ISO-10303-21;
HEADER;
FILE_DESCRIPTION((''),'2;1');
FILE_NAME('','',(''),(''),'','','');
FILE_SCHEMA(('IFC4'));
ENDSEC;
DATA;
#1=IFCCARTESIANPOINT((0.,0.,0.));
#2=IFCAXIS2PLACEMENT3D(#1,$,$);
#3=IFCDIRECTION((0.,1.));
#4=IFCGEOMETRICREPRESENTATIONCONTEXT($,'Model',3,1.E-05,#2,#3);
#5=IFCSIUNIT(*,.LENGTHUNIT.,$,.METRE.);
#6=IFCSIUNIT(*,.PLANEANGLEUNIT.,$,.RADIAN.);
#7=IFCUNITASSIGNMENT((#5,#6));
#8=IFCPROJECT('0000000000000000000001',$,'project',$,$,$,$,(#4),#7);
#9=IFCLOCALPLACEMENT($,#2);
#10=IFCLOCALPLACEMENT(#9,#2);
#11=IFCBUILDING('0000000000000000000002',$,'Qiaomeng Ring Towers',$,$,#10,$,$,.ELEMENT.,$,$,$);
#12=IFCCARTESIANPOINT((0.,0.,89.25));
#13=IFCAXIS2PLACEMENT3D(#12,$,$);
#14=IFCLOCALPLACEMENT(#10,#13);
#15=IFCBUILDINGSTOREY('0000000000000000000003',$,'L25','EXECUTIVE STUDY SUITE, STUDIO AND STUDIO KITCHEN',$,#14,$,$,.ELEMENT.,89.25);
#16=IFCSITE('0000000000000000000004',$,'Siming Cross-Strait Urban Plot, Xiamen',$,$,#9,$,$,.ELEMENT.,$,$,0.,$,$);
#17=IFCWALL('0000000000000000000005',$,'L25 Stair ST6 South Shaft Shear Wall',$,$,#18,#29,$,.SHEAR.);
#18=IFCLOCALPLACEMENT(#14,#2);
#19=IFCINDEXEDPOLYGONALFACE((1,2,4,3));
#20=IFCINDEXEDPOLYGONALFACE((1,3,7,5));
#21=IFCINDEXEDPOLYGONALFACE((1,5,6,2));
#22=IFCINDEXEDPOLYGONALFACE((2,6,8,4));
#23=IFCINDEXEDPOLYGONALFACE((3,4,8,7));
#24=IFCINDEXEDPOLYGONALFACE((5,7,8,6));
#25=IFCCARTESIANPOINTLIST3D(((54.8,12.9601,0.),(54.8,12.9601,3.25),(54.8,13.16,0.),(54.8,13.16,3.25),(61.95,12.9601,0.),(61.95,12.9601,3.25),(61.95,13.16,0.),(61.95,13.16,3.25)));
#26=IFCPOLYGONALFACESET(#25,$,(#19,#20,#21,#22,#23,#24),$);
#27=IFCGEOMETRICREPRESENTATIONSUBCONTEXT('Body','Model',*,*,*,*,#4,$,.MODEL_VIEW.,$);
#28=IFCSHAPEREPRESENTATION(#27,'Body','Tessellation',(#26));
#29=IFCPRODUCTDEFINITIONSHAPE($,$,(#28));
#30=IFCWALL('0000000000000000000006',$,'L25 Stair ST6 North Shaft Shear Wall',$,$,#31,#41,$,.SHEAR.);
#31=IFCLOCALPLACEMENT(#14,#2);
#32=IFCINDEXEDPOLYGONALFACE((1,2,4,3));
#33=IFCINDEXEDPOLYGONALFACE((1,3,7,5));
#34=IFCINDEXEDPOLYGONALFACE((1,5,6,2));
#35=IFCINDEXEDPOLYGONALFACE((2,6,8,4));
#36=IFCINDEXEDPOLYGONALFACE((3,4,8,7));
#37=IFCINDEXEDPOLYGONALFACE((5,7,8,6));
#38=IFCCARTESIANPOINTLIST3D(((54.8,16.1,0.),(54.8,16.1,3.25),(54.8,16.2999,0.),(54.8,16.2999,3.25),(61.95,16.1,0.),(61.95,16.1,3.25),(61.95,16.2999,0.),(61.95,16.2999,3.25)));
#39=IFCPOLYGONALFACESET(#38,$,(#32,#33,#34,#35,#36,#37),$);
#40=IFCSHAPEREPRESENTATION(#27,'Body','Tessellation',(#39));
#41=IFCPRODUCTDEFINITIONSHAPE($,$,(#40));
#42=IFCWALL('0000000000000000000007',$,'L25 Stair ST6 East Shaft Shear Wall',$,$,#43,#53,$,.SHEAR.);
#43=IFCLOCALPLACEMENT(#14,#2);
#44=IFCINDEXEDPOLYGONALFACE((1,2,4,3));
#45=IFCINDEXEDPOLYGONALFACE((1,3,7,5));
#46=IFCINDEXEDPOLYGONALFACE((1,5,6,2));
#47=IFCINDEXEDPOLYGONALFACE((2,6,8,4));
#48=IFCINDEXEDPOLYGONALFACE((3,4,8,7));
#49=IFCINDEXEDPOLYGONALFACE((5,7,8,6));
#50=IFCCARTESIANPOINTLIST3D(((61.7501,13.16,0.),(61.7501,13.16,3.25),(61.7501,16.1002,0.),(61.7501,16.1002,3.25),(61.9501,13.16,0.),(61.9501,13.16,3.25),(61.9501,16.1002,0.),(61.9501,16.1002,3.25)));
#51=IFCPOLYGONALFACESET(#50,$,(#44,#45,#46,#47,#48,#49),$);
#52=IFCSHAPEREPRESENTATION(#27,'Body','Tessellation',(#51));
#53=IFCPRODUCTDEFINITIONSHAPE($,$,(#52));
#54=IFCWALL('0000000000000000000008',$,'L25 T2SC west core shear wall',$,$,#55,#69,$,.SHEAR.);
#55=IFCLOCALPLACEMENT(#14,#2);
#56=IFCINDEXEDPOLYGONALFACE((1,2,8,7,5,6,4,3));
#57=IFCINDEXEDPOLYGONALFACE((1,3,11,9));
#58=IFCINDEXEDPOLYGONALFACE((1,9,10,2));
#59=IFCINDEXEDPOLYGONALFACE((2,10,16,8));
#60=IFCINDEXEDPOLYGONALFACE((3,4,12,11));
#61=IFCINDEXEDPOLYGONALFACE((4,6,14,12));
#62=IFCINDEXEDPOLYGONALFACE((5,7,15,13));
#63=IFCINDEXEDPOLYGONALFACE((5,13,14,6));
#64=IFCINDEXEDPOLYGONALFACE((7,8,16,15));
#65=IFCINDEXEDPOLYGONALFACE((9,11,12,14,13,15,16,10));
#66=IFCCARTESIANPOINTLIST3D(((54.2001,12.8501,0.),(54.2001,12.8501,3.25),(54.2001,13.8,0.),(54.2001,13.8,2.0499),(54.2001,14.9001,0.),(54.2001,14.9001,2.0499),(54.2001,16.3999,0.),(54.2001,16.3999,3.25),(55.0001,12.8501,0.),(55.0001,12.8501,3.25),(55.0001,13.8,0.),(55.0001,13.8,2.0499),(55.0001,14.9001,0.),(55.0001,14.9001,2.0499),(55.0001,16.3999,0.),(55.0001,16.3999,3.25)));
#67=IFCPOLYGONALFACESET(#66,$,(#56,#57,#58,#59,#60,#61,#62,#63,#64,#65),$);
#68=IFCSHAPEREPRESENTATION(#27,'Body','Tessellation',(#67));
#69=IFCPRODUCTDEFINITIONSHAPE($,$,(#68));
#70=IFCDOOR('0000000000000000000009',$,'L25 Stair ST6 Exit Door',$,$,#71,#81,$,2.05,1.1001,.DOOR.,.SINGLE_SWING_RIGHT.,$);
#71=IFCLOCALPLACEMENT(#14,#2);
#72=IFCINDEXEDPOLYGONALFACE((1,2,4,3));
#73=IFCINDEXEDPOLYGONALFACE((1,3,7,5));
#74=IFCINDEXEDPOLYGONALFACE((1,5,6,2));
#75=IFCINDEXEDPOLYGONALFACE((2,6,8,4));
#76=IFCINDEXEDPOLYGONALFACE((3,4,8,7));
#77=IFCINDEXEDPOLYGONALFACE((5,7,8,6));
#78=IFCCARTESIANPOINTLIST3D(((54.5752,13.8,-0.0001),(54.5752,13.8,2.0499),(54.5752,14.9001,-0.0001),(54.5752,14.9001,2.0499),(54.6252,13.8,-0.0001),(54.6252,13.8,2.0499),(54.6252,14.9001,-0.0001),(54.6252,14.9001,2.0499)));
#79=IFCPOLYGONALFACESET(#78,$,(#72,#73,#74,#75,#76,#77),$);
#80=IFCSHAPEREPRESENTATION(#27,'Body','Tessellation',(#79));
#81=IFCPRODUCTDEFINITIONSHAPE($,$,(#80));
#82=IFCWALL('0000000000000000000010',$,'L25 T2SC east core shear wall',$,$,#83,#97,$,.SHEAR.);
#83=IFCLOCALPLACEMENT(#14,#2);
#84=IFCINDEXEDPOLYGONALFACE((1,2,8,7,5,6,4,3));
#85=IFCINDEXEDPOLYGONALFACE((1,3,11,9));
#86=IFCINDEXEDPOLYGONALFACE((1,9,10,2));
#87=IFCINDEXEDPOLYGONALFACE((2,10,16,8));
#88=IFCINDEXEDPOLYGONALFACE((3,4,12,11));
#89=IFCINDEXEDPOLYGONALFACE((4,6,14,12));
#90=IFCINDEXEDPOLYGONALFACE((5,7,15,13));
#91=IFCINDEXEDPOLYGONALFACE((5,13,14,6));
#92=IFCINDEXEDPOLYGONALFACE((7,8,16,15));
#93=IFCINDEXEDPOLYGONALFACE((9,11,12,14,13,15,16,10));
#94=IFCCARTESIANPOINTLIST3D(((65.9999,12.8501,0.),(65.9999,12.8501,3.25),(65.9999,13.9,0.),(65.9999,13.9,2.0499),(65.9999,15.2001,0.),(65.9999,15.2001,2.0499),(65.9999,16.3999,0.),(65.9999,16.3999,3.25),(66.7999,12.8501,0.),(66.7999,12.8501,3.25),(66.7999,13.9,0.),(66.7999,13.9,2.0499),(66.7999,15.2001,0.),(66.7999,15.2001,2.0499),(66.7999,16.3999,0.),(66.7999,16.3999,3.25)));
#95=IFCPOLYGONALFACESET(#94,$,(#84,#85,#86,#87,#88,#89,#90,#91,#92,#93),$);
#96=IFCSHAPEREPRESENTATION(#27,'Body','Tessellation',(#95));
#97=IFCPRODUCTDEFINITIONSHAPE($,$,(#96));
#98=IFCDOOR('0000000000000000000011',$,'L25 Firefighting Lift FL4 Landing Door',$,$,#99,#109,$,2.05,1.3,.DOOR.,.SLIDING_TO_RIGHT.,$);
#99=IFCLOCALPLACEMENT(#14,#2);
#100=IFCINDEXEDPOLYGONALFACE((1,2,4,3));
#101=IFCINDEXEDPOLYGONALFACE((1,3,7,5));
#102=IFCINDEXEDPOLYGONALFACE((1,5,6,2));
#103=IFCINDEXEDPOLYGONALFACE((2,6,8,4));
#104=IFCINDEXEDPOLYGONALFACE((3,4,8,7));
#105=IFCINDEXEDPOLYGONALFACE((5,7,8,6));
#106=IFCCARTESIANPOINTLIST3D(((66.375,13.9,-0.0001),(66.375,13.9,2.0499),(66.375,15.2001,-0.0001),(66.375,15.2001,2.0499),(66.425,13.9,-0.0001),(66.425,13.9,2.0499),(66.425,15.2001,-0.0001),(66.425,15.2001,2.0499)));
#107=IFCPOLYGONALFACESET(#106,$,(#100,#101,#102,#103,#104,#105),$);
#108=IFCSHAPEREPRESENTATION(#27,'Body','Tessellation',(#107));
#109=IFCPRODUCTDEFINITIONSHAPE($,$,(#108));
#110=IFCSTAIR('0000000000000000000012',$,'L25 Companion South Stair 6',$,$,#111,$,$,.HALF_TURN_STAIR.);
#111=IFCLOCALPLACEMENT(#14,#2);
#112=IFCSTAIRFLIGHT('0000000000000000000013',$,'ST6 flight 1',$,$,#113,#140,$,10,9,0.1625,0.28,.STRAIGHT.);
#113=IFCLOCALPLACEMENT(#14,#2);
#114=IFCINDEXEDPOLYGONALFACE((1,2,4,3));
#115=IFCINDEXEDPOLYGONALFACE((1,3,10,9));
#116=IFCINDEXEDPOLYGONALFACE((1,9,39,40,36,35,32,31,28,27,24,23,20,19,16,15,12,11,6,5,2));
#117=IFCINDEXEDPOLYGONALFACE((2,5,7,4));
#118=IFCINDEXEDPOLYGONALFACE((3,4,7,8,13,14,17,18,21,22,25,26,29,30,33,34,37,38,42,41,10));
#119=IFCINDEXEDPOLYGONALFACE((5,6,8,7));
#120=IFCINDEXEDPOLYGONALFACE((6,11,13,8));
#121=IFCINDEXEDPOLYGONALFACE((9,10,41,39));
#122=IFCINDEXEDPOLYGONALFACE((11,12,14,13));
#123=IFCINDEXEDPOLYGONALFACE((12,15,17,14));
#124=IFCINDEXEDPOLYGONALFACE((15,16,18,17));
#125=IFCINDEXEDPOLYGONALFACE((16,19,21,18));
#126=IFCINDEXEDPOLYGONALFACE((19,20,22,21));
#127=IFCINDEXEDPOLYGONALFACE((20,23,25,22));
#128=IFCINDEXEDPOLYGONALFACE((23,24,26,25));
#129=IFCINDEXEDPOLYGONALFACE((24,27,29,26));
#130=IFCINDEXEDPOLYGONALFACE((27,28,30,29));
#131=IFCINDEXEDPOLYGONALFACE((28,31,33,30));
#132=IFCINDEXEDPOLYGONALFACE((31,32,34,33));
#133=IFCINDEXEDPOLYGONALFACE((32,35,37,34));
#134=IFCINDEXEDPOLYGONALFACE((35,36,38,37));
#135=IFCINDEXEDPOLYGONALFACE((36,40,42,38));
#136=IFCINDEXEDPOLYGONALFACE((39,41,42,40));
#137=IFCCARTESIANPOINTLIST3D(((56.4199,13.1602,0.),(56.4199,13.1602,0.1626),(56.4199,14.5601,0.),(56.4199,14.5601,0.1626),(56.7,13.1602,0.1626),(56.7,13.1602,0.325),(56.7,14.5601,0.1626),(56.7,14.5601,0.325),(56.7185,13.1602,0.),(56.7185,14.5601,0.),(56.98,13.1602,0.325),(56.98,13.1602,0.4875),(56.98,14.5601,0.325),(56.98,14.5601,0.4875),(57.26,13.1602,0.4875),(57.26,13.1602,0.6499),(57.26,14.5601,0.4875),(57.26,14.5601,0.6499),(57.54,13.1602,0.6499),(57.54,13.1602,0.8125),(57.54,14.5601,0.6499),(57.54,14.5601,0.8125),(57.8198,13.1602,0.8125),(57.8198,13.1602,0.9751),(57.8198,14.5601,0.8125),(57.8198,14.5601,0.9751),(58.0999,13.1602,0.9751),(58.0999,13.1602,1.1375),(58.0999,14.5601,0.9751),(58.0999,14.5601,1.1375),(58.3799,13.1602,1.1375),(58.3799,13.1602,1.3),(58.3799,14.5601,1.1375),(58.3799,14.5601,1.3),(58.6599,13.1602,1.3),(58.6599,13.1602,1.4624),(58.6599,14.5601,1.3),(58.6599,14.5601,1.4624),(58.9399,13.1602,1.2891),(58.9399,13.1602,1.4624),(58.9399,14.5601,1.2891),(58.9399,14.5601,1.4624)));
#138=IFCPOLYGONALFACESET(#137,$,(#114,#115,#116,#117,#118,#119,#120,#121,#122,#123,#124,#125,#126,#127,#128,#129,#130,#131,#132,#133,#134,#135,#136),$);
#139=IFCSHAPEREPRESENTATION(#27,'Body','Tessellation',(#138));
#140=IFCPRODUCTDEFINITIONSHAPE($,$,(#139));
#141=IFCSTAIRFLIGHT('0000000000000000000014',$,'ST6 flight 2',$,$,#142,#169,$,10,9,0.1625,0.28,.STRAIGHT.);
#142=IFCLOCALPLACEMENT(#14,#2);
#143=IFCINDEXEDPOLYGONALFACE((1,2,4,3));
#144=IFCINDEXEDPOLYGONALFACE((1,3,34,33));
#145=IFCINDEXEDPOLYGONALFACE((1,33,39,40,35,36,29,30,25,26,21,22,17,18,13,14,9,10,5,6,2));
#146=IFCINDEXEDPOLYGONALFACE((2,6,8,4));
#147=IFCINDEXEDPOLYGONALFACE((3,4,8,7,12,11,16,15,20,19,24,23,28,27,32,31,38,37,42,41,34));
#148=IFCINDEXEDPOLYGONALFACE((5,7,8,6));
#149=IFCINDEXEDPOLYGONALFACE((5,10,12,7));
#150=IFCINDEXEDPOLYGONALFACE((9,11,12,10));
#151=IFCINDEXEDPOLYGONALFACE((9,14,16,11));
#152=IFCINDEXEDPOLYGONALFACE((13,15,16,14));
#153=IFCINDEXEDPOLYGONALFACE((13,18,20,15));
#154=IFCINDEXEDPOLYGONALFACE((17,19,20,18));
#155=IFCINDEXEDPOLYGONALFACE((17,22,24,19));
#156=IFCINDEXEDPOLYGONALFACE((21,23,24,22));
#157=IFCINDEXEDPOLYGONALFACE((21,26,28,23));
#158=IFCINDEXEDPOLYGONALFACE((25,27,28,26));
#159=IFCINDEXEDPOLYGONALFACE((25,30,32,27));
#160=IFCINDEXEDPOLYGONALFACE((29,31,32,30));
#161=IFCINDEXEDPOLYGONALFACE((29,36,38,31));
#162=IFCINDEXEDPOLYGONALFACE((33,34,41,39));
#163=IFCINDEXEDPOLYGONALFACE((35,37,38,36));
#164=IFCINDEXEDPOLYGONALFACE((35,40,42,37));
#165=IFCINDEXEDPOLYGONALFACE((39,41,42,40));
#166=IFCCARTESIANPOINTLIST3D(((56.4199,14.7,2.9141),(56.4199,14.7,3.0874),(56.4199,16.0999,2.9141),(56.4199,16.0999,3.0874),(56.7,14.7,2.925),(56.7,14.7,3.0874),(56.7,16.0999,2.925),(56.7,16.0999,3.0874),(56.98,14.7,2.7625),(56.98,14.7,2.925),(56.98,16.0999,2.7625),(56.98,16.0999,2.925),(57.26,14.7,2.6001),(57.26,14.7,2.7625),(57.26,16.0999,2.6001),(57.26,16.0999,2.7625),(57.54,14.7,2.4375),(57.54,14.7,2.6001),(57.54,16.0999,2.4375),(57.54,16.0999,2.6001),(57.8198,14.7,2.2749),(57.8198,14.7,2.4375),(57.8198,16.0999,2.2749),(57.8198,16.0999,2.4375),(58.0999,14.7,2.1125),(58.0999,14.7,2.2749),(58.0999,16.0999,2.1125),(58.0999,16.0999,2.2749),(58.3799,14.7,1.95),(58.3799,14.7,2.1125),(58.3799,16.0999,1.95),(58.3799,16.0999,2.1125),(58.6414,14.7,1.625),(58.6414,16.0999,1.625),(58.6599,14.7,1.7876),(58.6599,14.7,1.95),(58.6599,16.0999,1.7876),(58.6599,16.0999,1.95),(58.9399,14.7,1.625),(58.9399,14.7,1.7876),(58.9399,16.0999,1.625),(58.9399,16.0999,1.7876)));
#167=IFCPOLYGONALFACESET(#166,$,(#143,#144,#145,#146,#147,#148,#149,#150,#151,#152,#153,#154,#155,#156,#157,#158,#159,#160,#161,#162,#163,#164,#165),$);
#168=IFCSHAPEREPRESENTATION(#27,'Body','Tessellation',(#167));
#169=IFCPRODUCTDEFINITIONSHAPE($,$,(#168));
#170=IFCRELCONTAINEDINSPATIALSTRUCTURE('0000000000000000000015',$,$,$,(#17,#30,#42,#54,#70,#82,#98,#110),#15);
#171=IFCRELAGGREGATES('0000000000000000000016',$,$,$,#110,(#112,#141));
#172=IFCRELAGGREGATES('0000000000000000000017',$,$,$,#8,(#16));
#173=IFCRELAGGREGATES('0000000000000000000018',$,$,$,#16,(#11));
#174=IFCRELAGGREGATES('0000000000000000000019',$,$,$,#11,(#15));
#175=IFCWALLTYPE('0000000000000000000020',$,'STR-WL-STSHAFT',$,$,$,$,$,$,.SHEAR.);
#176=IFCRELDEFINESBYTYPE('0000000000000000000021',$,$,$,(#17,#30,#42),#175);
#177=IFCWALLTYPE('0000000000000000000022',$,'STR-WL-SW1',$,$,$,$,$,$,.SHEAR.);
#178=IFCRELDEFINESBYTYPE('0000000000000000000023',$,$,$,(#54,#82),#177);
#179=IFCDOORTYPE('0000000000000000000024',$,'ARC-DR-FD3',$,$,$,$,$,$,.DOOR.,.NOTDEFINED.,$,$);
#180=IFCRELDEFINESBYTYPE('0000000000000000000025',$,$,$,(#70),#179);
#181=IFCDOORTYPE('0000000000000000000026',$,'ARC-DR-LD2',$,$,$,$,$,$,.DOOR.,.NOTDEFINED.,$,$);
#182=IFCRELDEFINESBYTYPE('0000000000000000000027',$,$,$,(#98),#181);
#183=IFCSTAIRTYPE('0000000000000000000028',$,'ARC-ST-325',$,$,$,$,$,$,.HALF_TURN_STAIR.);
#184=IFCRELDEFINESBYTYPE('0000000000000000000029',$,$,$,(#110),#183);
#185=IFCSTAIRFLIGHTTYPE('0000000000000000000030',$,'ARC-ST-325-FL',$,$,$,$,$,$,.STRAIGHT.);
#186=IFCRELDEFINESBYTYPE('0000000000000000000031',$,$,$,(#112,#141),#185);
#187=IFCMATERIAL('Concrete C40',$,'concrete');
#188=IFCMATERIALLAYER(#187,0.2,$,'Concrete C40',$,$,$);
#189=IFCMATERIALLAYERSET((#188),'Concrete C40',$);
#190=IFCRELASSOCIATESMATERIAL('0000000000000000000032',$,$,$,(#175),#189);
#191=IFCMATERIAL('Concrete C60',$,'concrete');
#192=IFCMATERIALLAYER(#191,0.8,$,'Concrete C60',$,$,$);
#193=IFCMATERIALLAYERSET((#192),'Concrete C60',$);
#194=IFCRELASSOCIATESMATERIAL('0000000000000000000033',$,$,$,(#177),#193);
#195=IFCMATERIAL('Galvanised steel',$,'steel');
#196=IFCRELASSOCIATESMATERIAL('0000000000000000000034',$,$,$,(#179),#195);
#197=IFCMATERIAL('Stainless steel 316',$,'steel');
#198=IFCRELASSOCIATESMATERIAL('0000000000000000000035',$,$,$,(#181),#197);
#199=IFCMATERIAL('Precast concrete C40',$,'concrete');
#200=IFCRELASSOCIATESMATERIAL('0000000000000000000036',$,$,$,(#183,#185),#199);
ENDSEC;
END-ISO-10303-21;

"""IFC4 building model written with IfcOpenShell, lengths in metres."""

from ifc_helpers import new_model, si_unit, direction, frame, frame_2d, origin, place, context, subcontext, project, spatial, polyline, rectangle, outline, extrude, source, transform, mapped, material, layer, layer_set, type_object, element, fill, aggregate, save


model = new_model("IFC4")

# Units and contexts
model_context = context("Model", 3, precision=1e-05, world=origin(), true_north=direction((0.0, 1.0)))
body_context = subcontext(model_context, "Body", "Model", "MODEL_VIEW")
ifc_project = project(units=[si_unit("LENGTHUNIT", "METRE"), si_unit("PLANEANGLEUNIT", "RADIAN")], contexts=[model_context])

# Site, building, storey
site_placement = place(None, origin())
site = spatial("IfcSite", under=ifc_project, at=site_placement, Name="Siming Cross-Strait Urban Plot, Xiamen", CompositionType="ELEMENT", RefElevation=0.0)
building_placement = place(site_placement, origin())
building = spatial("IfcBuilding", under=site, at=building_placement, Name="Qiaomeng Ring Towers", CompositionType="ELEMENT")
storey_placement = place(building_placement, frame((0.0, 0.0, 89.25)))
storey = spatial("IfcBuildingStorey", under=building, at=storey_placement, Name="L25", Description="EXECUTIVE STUDY SUITE, STUDIO AND STUDIO KITCHEN", CompositionType="ELEMENT", Elevation=89.25)

# Walls
ifc_material_1 = material(Name="Concrete C40", Category="concrete")
ifc_layer_1 = layer(ifc_material_1, 0.2, Name="Concrete C40")
ifc_layer_set_1 = layer_set([ifc_layer_1], Name="Concrete C40")
wall_type_1 = type_object("IfcWallType", Name="STR-WL-STSHAFT", PredefinedType="SHEAR", material=ifc_layer_set_1)
for number, where, z_axis, x_axis, name in (
    (1, (54.8, 13.0601, 0.0), (0.0, 0.0, 1.0), (1.0, 0.0, 0.0), "L25 Stair ST6 South Shaft Shear Wall"),
    (2, (54.8, 16.2, 0.0), (0.0, 0.0, 1.0), (1.0, 0.0, 0.0), "L25 Stair ST6 North Shaft Shear Wall"),
):
    element("IfcWall", number, at=place(storey_placement, frame(where, z_axis=z_axis, x_axis=x_axis)), inside=storey, type_object=wall_type_1, Name=name, PredefinedType="SHEAR", context=body_context, shape_type="SweptSolid", body=[
        extrude(rectangle(XDim=7.1499, YDim=0.2, at=frame_2d((3.575, 0.0))), origin(), (0.0, 0.0, 1.0), 3.25),
    ])
wall_1_placement = place(storey_placement, frame((61.8501, 13.1599, 0.0), z_axis=(0.0, 0.0, 1.0), x_axis=(0.0, 1.0, 0.0)))
element("IfcWall", 3, at=wall_1_placement, inside=storey, type_object=wall_type_1, Name="L25 Stair ST6 East Shaft Shear Wall", PredefinedType="SHEAR", context=body_context, shape_type="SweptSolid", body=[
    extrude(rectangle(XDim=2.9402, YDim=0.2, at=frame_2d((1.4702, 0.0))), origin(), (0.0, 0.0, 1.0), 3.25),
])

# Walls, openings, doors
ifc_material_2 = material(Name="Concrete C60", Category="concrete")
ifc_layer_2 = layer(ifc_material_2, 0.8, Name="Concrete C60")
ifc_layer_set_2 = layer_set([ifc_layer_2], Name="Concrete C60")
wall_type_2 = type_object("IfcWallType", Name="STR-WL-SW1", PredefinedType="SHEAR", material=ifc_layer_set_2)
wall_2_placement = place(storey_placement, frame((54.6001, 12.8501, 0.0), z_axis=(0.0, 0.0, 1.0), x_axis=(0.0, 1.0, 0.0)))
wall_2 = element("IfcWall", 4, at=wall_2_placement, inside=storey, type_object=wall_type_2, Name="L25 T2SC west core shear wall", PredefinedType="SHEAR", context=body_context, shape_type="SweptSolid", body=[
    extrude(rectangle(XDim=3.5498, YDim=0.8, at=frame_2d((1.7749, 0.0))), origin(), (0.0, 0.0, 1.0), 3.25),
])
opening_1_placement = place(wall_2_placement, frame((0.95, 0.0, 0.0)))
opening_1 = element("IfcOpeningElement", 5, at=opening_1_placement, cuts=wall_2, PredefinedType="OPENING", context=body_context, shape_type="SweptSolid", body=[
    extrude(rectangle(XDim=1.1001, YDim=2.05, at=frame_2d((0.55, 1.0249))), frame((0.0, 0.4099, 0.0), z_axis=(0.0, -1.0, 0.0), x_axis=(1.0, 0.0, 0.0)), (0.0, 0.0, 1.0), 0.8201),
])
ifc_material_3 = material(Name="Galvanised steel", Category="steel")
door_type_1 = type_object("IfcDoorType", Name="ARC-DR-FD3", OperationType="NOTDEFINED", PredefinedType="DOOR", material=ifc_material_3)
shared_shape_1 = source(origin(), body_context, "Body", "SweptSolid", [
    extrude(rectangle(XDim=1.1001, YDim=2.05, at=frame_2d((0.55, 1.0249))), frame((0.0, 0.0249, 0.0), z_axis=(0.0, -1.0, 0.0), x_axis=(1.0, 0.0, 0.0)), (0.0, 0.0, 1.0), 0.05),
])
door_1_placement = place(opening_1_placement, origin())
door_1 = element("IfcDoor", 6, at=door_1_placement, inside=storey, type_object=door_type_1, Name="L25 Stair ST6 Exit Door", OperationType="SINGLE_SWING_RIGHT", OverallHeight=2.05, OverallWidth=1.1001, PredefinedType="DOOR", context=body_context, shape_type="MappedRepresentation", body=[
    mapped(shared_shape_1, transform((0.0, 0.0, 0.0), x_axis=(1.0, 0.0, 0.0), y_axis=(0.0, 1.0, 0.0), z_axis=(0.0, 0.0, 1.0), scale=1.0)),
])
fill(opening_1, door_1)
wall_3_placement = place(storey_placement, frame((66.3999, 12.8501, 0.0), z_axis=(0.0, 0.0, 1.0), x_axis=(0.0, 1.0, 0.0)))
wall_3 = element("IfcWall", 7, at=wall_3_placement, inside=storey, type_object=wall_type_2, Name="L25 T2SC east core shear wall", PredefinedType="SHEAR", context=body_context, shape_type="SweptSolid", body=[
    extrude(rectangle(XDim=3.5498, YDim=0.8, at=frame_2d((1.7749, 0.0))), origin(), (0.0, 0.0, 1.0), 3.25),
])
opening_2_placement = place(wall_3_placement, frame((1.05, 0.0, 0.0)))
opening_2 = element("IfcOpeningElement", 8, at=opening_2_placement, cuts=wall_3, PredefinedType="OPENING", context=body_context, shape_type="SweptSolid", body=[
    extrude(rectangle(XDim=1.3, YDim=2.05, at=frame_2d((0.6499, 1.0249))), frame((0.0, 0.4099, 0.0), z_axis=(0.0, -1.0, 0.0), x_axis=(1.0, 0.0, 0.0)), (0.0, 0.0, 1.0), 0.8201),
])
ifc_material_4 = material(Name="Stainless steel 316", Category="steel")
door_type_2 = type_object("IfcDoorType", Name="ARC-DR-LD2", OperationType="NOTDEFINED", PredefinedType="DOOR", material=ifc_material_4)
shared_shape_2 = source(origin(), body_context, "Body", "SweptSolid", [
    extrude(rectangle(XDim=1.3, YDim=2.05, at=frame_2d((0.6499, 1.0249))), frame((0.0, 0.0249, 0.0), z_axis=(0.0, -1.0, 0.0), x_axis=(1.0, 0.0, 0.0)), (0.0, 0.0, 1.0), 0.05),
])
door_2_placement = place(opening_2_placement, origin())
door_2 = element("IfcDoor", 9, at=door_2_placement, inside=storey, type_object=door_type_2, Name="L25 Firefighting Lift FL4 Landing Door", OperationType="SLIDING_TO_RIGHT", OverallHeight=2.05, OverallWidth=1.3, PredefinedType="DOOR", context=body_context, shape_type="MappedRepresentation", body=[
    mapped(shared_shape_2, transform((0.0, 0.0, 0.0), x_axis=(1.0, 0.0, 0.0), y_axis=(0.0, 1.0, 0.0), z_axis=(0.0, 0.0, 1.0), scale=1.0)),
])
fill(opening_2, door_2)

# Stair, stair flights
ifc_material_5 = material(Name="Precast concrete C40", Category="concrete")
stair_type = type_object("IfcStairType", Name="ARC-ST-325", PredefinedType="HALF_TURN_STAIR", material=ifc_material_5)
stair_placement = place(storey_placement, origin())
stair = element("IfcStair", 10, at=stair_placement, inside=storey, type_object=stair_type, Name="L25 Companion South Stair 6", PredefinedType="HALF_TURN_STAIR")
stair_flight_type = type_object("IfcStairFlightType", Name="ARC-ST-325-FL", PredefinedType="STRAIGHT", material=ifc_material_5)
shared_shape_3 = source(origin(), body_context, "Body", "SweptSolid", [
    extrude(outline(polyline([(0.0, 0.0), (0.0, 0.1626), (0.28, 0.1626), (0.28, 0.325), (0.5601, 0.325), (0.5601, 0.4875), (0.8401, 0.4875), (0.8401, 0.6499), (1.1201, 0.6499), (1.1201, 0.8125), (1.3999, 0.8125), (1.3999, 0.9751), (1.6799, 0.9751), (1.6799, 1.1375), (1.96, 1.1375), (1.96, 1.3), (2.24, 1.3), (2.24, 1.4624), (2.52, 1.4624), (2.52, 1.625), (2.52, 1.2891), (0.2986, 0.0), (0.0, 0.0)])), frame((0.0, 0.7, 0.0), z_axis=(0.0, -1.0, 0.0), x_axis=(1.0, 0.0, 0.0)), (0.0, 0.0, 1.0), 1.3999),
])
stair_flight_1_placement = place(storey_placement, frame((56.4199, 13.8601, 0.0), z_axis=(0.0, 0.0, 1.0), x_axis=(1.0, 0.0, 0.0)))
stair_flight_1 = element("IfcStairFlight", 11, at=stair_flight_1_placement, type_object=stair_flight_type, Name="ST6 flight 1", NumberOfRisers=10, NumberOfTreads=9, PredefinedType="STRAIGHT", RiserHeight=0.1625, TreadLength=0.28, context=body_context, shape_type="MappedRepresentation", body=[
    mapped(shared_shape_3, transform((0.0, 0.0, 0.0), x_axis=(1.0, 0.0, 0.0), y_axis=(0.0, 1.0, 0.0), z_axis=(0.0, 0.0, 1.0), scale=1.0)),
])
stair_flight_2_placement = place(storey_placement, frame((58.9399, 15.3999, 1.625), z_axis=(0.0, 0.0, 1.0), x_axis=(-1.0, 0.0, 0.0)))
stair_flight_2 = element("IfcStairFlight", 12, at=stair_flight_2_placement, type_object=stair_flight_type, Name="ST6 flight 2", NumberOfRisers=10, NumberOfTreads=9, PredefinedType="STRAIGHT", RiserHeight=0.1625, TreadLength=0.28, context=body_context, shape_type="MappedRepresentation", body=[
    mapped(shared_shape_3, transform((0.0, 0.0, 0.0), x_axis=(1.0, 0.0, 0.0), y_axis=(0.0, 1.0, 0.0), z_axis=(0.0, 0.0, 1.0), scale=1.0)),
])
aggregate(stair, [stair_flight_1, stair_flight_2])

save(model, "model.ifc")
